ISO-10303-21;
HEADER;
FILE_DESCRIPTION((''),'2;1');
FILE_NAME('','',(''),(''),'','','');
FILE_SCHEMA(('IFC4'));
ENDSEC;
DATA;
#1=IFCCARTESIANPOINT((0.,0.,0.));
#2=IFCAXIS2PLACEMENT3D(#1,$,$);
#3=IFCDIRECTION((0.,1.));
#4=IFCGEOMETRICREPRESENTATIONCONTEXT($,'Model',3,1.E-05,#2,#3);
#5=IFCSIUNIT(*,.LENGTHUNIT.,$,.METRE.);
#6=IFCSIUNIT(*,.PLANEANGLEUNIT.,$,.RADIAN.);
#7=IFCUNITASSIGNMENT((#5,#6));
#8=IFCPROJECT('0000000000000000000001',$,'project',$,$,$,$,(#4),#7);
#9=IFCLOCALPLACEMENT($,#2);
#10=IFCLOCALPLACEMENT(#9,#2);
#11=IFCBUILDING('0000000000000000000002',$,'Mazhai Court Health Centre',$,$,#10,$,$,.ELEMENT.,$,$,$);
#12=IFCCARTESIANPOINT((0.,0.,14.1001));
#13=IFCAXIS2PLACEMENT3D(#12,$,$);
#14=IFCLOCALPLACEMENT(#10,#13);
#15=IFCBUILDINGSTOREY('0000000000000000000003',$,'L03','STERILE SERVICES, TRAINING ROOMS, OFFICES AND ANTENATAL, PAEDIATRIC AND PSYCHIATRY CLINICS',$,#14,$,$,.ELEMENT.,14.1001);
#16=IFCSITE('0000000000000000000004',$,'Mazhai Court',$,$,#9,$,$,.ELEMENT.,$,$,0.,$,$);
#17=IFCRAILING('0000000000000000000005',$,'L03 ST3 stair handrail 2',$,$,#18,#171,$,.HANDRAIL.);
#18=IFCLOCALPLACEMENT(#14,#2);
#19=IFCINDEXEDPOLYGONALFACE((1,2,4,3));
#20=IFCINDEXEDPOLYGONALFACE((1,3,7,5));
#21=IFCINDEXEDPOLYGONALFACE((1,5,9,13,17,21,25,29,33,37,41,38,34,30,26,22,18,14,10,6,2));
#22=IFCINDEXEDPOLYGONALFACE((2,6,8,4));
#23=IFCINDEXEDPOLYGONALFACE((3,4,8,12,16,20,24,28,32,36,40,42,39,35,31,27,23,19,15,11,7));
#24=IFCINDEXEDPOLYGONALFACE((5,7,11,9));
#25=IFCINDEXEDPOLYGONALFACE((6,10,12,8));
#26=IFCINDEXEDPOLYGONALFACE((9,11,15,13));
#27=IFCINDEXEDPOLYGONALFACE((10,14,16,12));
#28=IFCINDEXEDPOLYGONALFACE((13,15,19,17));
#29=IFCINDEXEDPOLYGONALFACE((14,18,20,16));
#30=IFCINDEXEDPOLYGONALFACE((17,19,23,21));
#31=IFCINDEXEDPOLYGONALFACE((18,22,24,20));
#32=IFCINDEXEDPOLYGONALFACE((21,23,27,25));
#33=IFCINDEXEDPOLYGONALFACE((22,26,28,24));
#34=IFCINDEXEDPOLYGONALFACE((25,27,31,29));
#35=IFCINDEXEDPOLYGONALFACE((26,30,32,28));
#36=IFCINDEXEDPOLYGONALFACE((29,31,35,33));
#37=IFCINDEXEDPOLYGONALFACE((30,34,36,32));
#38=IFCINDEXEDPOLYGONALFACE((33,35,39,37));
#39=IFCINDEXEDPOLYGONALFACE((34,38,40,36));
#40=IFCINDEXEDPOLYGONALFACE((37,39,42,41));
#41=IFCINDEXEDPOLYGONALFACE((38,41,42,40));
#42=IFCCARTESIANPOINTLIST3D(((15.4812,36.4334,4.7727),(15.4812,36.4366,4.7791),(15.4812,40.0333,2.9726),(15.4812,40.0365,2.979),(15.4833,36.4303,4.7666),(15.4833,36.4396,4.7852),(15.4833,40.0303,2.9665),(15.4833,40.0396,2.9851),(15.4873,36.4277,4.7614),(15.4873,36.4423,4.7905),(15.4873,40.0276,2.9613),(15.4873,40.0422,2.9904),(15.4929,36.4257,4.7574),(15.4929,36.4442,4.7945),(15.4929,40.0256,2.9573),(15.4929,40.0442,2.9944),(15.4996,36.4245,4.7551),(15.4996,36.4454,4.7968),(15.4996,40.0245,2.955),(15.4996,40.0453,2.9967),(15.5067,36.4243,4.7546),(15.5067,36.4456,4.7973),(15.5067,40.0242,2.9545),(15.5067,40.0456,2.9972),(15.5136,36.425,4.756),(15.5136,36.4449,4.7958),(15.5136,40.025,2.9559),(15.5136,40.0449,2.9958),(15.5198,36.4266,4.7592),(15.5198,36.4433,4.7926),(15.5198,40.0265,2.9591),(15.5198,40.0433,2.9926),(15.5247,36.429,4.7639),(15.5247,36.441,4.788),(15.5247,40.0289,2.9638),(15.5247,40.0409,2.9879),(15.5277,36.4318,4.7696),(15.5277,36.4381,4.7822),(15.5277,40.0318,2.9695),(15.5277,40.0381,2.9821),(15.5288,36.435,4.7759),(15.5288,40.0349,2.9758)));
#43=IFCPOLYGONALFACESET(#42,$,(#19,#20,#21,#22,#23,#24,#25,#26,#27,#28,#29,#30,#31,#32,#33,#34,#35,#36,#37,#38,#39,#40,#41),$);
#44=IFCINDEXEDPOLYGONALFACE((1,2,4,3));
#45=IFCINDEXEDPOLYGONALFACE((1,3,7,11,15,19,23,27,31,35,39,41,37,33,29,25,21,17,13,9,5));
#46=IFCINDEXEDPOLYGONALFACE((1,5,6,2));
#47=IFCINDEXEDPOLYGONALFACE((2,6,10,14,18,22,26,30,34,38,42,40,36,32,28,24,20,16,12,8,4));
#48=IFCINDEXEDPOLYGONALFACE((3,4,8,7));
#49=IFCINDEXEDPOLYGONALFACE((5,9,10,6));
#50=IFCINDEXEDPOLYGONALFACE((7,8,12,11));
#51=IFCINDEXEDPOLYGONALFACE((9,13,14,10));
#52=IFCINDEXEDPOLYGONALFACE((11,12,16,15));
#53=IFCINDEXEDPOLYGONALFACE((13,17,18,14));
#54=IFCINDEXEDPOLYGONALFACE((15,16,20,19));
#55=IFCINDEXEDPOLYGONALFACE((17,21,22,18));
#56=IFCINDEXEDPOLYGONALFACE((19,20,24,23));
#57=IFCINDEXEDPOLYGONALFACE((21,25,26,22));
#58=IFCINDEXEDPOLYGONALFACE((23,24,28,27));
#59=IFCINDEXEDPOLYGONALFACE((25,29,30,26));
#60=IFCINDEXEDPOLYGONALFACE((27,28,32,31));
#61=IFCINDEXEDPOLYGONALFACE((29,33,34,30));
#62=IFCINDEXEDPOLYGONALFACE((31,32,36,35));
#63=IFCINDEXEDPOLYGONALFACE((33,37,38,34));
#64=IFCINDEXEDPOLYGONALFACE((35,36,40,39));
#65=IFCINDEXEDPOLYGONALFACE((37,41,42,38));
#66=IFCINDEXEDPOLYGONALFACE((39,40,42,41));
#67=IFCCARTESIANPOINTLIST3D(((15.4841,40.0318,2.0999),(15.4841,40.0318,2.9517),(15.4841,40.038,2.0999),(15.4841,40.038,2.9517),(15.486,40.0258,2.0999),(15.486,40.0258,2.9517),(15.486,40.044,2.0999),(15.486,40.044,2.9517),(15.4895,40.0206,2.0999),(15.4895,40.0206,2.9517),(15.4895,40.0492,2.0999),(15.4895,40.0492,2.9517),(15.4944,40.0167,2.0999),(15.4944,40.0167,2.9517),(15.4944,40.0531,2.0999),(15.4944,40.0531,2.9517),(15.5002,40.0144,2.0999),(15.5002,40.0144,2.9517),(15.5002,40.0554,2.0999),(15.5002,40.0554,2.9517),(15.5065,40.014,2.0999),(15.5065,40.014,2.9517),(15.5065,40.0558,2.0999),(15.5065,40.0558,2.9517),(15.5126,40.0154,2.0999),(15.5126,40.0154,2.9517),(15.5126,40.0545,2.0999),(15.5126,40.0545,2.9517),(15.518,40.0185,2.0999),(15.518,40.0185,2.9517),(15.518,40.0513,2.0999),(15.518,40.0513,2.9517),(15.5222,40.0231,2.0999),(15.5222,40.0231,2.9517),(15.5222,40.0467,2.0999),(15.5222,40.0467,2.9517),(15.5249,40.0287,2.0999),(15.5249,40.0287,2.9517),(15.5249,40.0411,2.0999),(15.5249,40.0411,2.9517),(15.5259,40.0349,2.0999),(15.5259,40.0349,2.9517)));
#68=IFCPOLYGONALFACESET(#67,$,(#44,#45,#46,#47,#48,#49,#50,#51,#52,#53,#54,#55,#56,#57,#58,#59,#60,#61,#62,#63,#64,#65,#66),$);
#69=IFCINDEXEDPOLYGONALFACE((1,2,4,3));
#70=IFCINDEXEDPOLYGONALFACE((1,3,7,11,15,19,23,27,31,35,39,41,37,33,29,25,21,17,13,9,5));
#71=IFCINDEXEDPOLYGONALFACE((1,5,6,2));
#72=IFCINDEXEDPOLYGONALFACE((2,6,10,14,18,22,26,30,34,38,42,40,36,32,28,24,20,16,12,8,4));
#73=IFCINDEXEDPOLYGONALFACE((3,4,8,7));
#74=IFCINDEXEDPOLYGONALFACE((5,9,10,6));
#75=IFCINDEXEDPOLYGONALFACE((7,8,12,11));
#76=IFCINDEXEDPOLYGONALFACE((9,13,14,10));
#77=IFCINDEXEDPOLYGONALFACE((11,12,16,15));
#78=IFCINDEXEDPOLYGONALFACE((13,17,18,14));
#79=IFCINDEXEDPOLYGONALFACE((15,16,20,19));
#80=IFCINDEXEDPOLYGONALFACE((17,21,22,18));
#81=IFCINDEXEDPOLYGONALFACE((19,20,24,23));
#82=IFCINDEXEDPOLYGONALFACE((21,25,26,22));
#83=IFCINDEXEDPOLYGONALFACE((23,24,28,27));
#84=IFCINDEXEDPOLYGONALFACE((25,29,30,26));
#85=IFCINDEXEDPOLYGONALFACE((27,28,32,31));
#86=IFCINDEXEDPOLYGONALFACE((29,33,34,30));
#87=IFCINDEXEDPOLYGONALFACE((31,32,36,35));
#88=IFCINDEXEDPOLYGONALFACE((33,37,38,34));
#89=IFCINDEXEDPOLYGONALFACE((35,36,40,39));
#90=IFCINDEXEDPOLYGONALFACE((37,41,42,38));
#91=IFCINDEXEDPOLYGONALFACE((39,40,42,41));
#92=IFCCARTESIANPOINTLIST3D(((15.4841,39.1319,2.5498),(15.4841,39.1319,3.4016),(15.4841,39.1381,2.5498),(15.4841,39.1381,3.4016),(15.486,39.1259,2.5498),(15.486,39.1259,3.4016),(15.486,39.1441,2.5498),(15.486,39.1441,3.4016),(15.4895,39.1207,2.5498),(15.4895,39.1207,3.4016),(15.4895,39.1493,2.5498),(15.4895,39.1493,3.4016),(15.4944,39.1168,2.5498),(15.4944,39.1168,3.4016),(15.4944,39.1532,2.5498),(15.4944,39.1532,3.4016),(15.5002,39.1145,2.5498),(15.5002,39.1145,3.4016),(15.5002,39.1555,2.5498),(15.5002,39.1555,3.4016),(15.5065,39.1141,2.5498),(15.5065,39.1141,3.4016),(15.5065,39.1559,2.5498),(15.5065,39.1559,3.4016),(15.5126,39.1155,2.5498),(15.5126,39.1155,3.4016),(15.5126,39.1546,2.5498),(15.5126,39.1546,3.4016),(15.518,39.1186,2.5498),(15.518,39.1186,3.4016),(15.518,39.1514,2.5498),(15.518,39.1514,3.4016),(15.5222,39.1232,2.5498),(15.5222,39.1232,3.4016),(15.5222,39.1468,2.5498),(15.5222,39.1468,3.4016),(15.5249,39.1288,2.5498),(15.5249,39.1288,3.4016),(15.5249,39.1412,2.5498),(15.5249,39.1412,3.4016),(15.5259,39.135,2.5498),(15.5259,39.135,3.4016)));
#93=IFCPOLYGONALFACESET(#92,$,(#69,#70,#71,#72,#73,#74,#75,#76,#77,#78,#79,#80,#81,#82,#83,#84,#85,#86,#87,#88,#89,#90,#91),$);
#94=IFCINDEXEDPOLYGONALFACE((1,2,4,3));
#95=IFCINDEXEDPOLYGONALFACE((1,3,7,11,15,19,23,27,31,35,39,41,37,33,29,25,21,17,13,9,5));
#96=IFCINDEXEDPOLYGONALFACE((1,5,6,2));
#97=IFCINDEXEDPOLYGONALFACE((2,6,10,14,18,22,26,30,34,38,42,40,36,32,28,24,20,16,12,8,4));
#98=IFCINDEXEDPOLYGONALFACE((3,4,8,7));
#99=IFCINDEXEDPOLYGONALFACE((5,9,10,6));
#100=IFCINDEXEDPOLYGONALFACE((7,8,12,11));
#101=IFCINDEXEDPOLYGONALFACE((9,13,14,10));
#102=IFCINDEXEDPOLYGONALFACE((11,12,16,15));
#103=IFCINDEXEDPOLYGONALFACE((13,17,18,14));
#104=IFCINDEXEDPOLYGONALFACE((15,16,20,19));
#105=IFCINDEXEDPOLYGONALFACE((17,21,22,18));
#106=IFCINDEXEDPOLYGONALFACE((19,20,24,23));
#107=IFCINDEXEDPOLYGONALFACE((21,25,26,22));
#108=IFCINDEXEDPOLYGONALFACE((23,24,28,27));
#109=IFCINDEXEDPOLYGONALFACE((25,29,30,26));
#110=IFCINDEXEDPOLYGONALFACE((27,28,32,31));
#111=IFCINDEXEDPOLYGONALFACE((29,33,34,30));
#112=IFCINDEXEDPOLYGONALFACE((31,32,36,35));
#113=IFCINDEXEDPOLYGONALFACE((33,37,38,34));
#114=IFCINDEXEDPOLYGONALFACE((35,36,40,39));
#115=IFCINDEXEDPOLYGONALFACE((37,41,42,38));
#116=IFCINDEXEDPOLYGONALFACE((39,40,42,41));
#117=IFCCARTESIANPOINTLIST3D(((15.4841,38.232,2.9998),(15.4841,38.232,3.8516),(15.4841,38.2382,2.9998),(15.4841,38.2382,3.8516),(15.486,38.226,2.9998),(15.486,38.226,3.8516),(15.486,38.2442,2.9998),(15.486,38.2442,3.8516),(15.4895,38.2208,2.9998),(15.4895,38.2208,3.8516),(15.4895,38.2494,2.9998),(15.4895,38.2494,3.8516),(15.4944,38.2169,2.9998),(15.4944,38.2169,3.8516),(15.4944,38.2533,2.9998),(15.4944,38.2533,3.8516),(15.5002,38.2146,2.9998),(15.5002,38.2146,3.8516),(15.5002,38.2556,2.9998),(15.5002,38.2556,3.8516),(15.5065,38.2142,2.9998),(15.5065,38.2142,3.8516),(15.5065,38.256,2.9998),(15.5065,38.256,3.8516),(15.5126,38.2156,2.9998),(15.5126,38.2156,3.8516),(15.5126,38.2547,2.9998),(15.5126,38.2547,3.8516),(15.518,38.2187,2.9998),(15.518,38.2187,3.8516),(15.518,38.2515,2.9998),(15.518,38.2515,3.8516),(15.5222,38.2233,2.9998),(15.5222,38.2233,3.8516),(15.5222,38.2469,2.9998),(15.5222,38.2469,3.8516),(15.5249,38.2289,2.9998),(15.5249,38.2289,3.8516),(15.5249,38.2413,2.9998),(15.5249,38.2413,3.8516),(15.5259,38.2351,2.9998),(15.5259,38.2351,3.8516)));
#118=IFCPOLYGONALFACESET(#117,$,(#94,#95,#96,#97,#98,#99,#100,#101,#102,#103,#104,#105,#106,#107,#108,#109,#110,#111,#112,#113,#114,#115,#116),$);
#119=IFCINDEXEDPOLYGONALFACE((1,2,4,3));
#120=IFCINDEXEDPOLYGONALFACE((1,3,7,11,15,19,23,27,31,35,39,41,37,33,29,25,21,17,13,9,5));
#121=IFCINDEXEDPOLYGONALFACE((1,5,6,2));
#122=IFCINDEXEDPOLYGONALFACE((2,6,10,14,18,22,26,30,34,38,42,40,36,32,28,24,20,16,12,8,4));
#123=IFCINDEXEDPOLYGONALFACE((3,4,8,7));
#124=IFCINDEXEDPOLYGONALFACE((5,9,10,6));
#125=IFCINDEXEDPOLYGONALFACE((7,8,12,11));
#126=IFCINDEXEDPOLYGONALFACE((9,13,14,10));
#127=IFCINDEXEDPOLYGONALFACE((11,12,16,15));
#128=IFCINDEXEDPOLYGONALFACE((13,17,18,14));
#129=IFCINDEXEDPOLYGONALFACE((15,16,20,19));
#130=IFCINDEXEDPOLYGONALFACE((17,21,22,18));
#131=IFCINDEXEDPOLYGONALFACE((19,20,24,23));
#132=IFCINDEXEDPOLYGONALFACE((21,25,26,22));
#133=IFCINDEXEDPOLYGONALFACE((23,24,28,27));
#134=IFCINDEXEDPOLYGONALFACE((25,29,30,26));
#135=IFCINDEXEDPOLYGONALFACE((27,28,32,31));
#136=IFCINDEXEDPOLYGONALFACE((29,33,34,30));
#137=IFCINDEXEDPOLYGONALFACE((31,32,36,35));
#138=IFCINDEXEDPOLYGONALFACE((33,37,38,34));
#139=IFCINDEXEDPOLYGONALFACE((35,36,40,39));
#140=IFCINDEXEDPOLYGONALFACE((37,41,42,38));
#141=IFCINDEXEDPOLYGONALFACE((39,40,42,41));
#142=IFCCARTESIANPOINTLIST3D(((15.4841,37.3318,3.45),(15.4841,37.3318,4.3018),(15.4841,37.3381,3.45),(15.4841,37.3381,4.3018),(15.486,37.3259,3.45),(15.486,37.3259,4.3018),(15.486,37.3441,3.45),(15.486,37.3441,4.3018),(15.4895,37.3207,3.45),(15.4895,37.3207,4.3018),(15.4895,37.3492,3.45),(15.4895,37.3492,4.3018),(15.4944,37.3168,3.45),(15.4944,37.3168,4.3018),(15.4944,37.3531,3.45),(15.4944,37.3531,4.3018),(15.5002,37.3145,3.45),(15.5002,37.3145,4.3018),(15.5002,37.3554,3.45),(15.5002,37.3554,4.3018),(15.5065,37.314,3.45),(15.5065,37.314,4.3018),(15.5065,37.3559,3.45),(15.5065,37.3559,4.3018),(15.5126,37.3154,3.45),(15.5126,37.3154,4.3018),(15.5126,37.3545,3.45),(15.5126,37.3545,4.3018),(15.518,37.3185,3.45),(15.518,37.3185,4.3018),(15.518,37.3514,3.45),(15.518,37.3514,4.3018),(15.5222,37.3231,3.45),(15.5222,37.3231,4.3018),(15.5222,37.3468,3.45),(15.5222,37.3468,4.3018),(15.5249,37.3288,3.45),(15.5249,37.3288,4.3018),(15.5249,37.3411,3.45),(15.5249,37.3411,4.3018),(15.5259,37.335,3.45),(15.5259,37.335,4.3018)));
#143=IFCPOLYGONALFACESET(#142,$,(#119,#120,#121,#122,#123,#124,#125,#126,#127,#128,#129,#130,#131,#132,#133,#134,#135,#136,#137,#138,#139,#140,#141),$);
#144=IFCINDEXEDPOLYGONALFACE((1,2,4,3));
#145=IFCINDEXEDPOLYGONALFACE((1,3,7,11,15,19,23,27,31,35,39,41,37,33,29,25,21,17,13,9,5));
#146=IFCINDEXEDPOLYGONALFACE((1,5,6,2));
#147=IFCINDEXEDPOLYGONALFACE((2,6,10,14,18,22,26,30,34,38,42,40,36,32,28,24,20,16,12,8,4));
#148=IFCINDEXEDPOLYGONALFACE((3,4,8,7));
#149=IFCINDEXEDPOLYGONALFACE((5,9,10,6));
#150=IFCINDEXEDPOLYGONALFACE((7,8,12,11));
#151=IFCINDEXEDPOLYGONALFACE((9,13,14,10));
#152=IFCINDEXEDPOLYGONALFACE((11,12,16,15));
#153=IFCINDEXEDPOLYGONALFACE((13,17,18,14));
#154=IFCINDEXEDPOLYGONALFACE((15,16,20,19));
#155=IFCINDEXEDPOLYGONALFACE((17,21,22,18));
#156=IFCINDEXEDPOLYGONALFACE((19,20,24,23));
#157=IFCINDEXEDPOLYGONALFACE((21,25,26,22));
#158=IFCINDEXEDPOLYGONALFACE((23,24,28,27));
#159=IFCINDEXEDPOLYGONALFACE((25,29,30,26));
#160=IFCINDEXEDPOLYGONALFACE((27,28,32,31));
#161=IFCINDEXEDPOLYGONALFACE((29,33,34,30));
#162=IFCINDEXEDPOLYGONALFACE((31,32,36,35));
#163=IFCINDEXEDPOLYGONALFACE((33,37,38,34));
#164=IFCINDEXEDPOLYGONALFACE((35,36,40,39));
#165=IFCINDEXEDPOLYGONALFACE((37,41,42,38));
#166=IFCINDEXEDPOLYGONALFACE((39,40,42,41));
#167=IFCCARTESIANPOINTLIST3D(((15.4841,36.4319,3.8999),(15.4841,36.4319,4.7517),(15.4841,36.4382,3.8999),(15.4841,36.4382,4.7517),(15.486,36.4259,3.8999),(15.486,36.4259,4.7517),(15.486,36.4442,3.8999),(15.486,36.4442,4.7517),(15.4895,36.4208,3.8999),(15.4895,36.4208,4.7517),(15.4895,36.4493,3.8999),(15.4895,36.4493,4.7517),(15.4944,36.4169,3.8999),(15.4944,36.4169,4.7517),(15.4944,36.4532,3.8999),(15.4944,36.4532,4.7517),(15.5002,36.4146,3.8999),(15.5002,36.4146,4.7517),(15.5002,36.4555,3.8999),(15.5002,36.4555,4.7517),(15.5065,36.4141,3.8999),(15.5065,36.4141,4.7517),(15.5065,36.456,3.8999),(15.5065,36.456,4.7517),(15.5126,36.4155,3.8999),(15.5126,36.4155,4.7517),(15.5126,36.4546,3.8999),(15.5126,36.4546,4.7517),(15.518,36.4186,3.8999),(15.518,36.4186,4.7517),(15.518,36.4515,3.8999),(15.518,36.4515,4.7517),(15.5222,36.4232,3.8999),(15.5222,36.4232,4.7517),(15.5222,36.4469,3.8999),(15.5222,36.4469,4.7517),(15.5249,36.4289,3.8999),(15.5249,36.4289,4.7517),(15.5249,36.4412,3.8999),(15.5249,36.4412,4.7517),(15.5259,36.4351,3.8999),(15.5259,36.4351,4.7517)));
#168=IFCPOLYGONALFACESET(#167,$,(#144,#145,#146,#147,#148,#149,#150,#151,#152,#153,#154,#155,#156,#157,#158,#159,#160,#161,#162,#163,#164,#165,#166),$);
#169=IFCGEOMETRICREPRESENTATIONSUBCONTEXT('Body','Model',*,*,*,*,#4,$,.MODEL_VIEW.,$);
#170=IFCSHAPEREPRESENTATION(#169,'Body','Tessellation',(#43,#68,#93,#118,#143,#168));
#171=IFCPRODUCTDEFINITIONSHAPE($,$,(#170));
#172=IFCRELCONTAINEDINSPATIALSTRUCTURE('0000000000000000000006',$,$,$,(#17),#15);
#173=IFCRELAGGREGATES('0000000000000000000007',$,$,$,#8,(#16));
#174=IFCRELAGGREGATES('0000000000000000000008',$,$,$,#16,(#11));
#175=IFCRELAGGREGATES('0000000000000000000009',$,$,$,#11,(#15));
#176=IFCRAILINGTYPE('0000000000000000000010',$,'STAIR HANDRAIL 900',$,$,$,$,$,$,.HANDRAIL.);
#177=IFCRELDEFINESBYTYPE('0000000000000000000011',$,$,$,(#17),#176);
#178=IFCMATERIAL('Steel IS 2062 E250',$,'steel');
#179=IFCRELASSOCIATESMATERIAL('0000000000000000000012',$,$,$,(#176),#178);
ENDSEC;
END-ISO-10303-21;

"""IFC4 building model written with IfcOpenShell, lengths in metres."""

from ifc_helpers import new_model, si_unit, direction, frame, origin, origin_2d, place, context, subcontext, project, spatial, circle, extrude, material, type_object, element, save


model = new_model("IFC4")

# Units and contexts
model_context = context("Model", 3, precision=1e-05, world=origin(), true_north=direction((0.0, 1.0)))
body_context = subcontext(model_context, "Body", "Model", "MODEL_VIEW")
ifc_project = project(units=[si_unit("LENGTHUNIT", "METRE"), si_unit("PLANEANGLEUNIT", "RADIAN")], contexts=[model_context])

# Site, building, storey
site_placement = place(None, origin())
site = spatial("IfcSite", under=ifc_project, at=site_placement, Name="Mazhai Court", CompositionType="ELEMENT", RefElevation=0.0)
building_placement = place(site_placement, origin())
building = spatial("IfcBuilding", under=site, at=building_placement, Name="Mazhai Court Health Centre", CompositionType="ELEMENT")
storey_placement = place(building_placement, frame((0.0, 0.0, 14.1001)))
storey = spatial("IfcBuildingStorey", under=building, at=storey_placement, Name="L03", Description="STERILE SERVICES, TRAINING ROOMS, OFFICES AND ANTENATAL, PAEDIATRIC AND PSYCHIATRY CLINICS", CompositionType="ELEMENT", Elevation=14.1001)

# Railing
ifc_material_1 = material(Name="Steel IS 2062 E250", Category="steel")
railing_type_1 = type_object("IfcRailingType", Name="STAIR HANDRAIL 900", PredefinedType="HANDRAIL", material=ifc_material_1)
railing_1_placement = place(storey_placement, frame((15.5049, 40.0349, 2.0999)))
element("IfcRailing", 1, at=railing_1_placement, inside=storey, type_object=railing_type_1, Name="L03 ST3 stair handrail 2", PredefinedType="HANDRAIL", context=body_context, shape_type="SweptSolid", body=[
    extrude(circle(Radius=0.0239, at=origin_2d()), frame((0.0, 0.0, 0.876), z_axis=(0.0, -0.894415, 0.447238), x_axis=(1.0, 0.0, 0.0)), (0.0, 0.0, 1.0), 4.0249),
    extrude(circle(Radius=0.021, at=origin_2d()), origin(), (0.0, 0.0, 1.0), 0.8518),
    extrude(circle(Radius=0.021, at=origin_2d()), frame((0.0, -0.8999, 0.45)), (0.0, 0.0, 1.0), 0.8518),
    extrude(circle(Radius=0.021, at=origin_2d()), frame((0.0, -1.7998, 0.8999)), (0.0, 0.0, 1.0), 0.8518),
    extrude(circle(Radius=0.021, at=origin_2d()), frame((0.0, -2.7, 1.3501)), (0.0, 0.0, 1.0), 0.8518),
    extrude(circle(Radius=0.021, at=origin_2d()), frame((0.0, -3.5999, 1.8)), (0.0, 0.0, 1.0), 0.8518),
])

save(model, "model.ifc")
